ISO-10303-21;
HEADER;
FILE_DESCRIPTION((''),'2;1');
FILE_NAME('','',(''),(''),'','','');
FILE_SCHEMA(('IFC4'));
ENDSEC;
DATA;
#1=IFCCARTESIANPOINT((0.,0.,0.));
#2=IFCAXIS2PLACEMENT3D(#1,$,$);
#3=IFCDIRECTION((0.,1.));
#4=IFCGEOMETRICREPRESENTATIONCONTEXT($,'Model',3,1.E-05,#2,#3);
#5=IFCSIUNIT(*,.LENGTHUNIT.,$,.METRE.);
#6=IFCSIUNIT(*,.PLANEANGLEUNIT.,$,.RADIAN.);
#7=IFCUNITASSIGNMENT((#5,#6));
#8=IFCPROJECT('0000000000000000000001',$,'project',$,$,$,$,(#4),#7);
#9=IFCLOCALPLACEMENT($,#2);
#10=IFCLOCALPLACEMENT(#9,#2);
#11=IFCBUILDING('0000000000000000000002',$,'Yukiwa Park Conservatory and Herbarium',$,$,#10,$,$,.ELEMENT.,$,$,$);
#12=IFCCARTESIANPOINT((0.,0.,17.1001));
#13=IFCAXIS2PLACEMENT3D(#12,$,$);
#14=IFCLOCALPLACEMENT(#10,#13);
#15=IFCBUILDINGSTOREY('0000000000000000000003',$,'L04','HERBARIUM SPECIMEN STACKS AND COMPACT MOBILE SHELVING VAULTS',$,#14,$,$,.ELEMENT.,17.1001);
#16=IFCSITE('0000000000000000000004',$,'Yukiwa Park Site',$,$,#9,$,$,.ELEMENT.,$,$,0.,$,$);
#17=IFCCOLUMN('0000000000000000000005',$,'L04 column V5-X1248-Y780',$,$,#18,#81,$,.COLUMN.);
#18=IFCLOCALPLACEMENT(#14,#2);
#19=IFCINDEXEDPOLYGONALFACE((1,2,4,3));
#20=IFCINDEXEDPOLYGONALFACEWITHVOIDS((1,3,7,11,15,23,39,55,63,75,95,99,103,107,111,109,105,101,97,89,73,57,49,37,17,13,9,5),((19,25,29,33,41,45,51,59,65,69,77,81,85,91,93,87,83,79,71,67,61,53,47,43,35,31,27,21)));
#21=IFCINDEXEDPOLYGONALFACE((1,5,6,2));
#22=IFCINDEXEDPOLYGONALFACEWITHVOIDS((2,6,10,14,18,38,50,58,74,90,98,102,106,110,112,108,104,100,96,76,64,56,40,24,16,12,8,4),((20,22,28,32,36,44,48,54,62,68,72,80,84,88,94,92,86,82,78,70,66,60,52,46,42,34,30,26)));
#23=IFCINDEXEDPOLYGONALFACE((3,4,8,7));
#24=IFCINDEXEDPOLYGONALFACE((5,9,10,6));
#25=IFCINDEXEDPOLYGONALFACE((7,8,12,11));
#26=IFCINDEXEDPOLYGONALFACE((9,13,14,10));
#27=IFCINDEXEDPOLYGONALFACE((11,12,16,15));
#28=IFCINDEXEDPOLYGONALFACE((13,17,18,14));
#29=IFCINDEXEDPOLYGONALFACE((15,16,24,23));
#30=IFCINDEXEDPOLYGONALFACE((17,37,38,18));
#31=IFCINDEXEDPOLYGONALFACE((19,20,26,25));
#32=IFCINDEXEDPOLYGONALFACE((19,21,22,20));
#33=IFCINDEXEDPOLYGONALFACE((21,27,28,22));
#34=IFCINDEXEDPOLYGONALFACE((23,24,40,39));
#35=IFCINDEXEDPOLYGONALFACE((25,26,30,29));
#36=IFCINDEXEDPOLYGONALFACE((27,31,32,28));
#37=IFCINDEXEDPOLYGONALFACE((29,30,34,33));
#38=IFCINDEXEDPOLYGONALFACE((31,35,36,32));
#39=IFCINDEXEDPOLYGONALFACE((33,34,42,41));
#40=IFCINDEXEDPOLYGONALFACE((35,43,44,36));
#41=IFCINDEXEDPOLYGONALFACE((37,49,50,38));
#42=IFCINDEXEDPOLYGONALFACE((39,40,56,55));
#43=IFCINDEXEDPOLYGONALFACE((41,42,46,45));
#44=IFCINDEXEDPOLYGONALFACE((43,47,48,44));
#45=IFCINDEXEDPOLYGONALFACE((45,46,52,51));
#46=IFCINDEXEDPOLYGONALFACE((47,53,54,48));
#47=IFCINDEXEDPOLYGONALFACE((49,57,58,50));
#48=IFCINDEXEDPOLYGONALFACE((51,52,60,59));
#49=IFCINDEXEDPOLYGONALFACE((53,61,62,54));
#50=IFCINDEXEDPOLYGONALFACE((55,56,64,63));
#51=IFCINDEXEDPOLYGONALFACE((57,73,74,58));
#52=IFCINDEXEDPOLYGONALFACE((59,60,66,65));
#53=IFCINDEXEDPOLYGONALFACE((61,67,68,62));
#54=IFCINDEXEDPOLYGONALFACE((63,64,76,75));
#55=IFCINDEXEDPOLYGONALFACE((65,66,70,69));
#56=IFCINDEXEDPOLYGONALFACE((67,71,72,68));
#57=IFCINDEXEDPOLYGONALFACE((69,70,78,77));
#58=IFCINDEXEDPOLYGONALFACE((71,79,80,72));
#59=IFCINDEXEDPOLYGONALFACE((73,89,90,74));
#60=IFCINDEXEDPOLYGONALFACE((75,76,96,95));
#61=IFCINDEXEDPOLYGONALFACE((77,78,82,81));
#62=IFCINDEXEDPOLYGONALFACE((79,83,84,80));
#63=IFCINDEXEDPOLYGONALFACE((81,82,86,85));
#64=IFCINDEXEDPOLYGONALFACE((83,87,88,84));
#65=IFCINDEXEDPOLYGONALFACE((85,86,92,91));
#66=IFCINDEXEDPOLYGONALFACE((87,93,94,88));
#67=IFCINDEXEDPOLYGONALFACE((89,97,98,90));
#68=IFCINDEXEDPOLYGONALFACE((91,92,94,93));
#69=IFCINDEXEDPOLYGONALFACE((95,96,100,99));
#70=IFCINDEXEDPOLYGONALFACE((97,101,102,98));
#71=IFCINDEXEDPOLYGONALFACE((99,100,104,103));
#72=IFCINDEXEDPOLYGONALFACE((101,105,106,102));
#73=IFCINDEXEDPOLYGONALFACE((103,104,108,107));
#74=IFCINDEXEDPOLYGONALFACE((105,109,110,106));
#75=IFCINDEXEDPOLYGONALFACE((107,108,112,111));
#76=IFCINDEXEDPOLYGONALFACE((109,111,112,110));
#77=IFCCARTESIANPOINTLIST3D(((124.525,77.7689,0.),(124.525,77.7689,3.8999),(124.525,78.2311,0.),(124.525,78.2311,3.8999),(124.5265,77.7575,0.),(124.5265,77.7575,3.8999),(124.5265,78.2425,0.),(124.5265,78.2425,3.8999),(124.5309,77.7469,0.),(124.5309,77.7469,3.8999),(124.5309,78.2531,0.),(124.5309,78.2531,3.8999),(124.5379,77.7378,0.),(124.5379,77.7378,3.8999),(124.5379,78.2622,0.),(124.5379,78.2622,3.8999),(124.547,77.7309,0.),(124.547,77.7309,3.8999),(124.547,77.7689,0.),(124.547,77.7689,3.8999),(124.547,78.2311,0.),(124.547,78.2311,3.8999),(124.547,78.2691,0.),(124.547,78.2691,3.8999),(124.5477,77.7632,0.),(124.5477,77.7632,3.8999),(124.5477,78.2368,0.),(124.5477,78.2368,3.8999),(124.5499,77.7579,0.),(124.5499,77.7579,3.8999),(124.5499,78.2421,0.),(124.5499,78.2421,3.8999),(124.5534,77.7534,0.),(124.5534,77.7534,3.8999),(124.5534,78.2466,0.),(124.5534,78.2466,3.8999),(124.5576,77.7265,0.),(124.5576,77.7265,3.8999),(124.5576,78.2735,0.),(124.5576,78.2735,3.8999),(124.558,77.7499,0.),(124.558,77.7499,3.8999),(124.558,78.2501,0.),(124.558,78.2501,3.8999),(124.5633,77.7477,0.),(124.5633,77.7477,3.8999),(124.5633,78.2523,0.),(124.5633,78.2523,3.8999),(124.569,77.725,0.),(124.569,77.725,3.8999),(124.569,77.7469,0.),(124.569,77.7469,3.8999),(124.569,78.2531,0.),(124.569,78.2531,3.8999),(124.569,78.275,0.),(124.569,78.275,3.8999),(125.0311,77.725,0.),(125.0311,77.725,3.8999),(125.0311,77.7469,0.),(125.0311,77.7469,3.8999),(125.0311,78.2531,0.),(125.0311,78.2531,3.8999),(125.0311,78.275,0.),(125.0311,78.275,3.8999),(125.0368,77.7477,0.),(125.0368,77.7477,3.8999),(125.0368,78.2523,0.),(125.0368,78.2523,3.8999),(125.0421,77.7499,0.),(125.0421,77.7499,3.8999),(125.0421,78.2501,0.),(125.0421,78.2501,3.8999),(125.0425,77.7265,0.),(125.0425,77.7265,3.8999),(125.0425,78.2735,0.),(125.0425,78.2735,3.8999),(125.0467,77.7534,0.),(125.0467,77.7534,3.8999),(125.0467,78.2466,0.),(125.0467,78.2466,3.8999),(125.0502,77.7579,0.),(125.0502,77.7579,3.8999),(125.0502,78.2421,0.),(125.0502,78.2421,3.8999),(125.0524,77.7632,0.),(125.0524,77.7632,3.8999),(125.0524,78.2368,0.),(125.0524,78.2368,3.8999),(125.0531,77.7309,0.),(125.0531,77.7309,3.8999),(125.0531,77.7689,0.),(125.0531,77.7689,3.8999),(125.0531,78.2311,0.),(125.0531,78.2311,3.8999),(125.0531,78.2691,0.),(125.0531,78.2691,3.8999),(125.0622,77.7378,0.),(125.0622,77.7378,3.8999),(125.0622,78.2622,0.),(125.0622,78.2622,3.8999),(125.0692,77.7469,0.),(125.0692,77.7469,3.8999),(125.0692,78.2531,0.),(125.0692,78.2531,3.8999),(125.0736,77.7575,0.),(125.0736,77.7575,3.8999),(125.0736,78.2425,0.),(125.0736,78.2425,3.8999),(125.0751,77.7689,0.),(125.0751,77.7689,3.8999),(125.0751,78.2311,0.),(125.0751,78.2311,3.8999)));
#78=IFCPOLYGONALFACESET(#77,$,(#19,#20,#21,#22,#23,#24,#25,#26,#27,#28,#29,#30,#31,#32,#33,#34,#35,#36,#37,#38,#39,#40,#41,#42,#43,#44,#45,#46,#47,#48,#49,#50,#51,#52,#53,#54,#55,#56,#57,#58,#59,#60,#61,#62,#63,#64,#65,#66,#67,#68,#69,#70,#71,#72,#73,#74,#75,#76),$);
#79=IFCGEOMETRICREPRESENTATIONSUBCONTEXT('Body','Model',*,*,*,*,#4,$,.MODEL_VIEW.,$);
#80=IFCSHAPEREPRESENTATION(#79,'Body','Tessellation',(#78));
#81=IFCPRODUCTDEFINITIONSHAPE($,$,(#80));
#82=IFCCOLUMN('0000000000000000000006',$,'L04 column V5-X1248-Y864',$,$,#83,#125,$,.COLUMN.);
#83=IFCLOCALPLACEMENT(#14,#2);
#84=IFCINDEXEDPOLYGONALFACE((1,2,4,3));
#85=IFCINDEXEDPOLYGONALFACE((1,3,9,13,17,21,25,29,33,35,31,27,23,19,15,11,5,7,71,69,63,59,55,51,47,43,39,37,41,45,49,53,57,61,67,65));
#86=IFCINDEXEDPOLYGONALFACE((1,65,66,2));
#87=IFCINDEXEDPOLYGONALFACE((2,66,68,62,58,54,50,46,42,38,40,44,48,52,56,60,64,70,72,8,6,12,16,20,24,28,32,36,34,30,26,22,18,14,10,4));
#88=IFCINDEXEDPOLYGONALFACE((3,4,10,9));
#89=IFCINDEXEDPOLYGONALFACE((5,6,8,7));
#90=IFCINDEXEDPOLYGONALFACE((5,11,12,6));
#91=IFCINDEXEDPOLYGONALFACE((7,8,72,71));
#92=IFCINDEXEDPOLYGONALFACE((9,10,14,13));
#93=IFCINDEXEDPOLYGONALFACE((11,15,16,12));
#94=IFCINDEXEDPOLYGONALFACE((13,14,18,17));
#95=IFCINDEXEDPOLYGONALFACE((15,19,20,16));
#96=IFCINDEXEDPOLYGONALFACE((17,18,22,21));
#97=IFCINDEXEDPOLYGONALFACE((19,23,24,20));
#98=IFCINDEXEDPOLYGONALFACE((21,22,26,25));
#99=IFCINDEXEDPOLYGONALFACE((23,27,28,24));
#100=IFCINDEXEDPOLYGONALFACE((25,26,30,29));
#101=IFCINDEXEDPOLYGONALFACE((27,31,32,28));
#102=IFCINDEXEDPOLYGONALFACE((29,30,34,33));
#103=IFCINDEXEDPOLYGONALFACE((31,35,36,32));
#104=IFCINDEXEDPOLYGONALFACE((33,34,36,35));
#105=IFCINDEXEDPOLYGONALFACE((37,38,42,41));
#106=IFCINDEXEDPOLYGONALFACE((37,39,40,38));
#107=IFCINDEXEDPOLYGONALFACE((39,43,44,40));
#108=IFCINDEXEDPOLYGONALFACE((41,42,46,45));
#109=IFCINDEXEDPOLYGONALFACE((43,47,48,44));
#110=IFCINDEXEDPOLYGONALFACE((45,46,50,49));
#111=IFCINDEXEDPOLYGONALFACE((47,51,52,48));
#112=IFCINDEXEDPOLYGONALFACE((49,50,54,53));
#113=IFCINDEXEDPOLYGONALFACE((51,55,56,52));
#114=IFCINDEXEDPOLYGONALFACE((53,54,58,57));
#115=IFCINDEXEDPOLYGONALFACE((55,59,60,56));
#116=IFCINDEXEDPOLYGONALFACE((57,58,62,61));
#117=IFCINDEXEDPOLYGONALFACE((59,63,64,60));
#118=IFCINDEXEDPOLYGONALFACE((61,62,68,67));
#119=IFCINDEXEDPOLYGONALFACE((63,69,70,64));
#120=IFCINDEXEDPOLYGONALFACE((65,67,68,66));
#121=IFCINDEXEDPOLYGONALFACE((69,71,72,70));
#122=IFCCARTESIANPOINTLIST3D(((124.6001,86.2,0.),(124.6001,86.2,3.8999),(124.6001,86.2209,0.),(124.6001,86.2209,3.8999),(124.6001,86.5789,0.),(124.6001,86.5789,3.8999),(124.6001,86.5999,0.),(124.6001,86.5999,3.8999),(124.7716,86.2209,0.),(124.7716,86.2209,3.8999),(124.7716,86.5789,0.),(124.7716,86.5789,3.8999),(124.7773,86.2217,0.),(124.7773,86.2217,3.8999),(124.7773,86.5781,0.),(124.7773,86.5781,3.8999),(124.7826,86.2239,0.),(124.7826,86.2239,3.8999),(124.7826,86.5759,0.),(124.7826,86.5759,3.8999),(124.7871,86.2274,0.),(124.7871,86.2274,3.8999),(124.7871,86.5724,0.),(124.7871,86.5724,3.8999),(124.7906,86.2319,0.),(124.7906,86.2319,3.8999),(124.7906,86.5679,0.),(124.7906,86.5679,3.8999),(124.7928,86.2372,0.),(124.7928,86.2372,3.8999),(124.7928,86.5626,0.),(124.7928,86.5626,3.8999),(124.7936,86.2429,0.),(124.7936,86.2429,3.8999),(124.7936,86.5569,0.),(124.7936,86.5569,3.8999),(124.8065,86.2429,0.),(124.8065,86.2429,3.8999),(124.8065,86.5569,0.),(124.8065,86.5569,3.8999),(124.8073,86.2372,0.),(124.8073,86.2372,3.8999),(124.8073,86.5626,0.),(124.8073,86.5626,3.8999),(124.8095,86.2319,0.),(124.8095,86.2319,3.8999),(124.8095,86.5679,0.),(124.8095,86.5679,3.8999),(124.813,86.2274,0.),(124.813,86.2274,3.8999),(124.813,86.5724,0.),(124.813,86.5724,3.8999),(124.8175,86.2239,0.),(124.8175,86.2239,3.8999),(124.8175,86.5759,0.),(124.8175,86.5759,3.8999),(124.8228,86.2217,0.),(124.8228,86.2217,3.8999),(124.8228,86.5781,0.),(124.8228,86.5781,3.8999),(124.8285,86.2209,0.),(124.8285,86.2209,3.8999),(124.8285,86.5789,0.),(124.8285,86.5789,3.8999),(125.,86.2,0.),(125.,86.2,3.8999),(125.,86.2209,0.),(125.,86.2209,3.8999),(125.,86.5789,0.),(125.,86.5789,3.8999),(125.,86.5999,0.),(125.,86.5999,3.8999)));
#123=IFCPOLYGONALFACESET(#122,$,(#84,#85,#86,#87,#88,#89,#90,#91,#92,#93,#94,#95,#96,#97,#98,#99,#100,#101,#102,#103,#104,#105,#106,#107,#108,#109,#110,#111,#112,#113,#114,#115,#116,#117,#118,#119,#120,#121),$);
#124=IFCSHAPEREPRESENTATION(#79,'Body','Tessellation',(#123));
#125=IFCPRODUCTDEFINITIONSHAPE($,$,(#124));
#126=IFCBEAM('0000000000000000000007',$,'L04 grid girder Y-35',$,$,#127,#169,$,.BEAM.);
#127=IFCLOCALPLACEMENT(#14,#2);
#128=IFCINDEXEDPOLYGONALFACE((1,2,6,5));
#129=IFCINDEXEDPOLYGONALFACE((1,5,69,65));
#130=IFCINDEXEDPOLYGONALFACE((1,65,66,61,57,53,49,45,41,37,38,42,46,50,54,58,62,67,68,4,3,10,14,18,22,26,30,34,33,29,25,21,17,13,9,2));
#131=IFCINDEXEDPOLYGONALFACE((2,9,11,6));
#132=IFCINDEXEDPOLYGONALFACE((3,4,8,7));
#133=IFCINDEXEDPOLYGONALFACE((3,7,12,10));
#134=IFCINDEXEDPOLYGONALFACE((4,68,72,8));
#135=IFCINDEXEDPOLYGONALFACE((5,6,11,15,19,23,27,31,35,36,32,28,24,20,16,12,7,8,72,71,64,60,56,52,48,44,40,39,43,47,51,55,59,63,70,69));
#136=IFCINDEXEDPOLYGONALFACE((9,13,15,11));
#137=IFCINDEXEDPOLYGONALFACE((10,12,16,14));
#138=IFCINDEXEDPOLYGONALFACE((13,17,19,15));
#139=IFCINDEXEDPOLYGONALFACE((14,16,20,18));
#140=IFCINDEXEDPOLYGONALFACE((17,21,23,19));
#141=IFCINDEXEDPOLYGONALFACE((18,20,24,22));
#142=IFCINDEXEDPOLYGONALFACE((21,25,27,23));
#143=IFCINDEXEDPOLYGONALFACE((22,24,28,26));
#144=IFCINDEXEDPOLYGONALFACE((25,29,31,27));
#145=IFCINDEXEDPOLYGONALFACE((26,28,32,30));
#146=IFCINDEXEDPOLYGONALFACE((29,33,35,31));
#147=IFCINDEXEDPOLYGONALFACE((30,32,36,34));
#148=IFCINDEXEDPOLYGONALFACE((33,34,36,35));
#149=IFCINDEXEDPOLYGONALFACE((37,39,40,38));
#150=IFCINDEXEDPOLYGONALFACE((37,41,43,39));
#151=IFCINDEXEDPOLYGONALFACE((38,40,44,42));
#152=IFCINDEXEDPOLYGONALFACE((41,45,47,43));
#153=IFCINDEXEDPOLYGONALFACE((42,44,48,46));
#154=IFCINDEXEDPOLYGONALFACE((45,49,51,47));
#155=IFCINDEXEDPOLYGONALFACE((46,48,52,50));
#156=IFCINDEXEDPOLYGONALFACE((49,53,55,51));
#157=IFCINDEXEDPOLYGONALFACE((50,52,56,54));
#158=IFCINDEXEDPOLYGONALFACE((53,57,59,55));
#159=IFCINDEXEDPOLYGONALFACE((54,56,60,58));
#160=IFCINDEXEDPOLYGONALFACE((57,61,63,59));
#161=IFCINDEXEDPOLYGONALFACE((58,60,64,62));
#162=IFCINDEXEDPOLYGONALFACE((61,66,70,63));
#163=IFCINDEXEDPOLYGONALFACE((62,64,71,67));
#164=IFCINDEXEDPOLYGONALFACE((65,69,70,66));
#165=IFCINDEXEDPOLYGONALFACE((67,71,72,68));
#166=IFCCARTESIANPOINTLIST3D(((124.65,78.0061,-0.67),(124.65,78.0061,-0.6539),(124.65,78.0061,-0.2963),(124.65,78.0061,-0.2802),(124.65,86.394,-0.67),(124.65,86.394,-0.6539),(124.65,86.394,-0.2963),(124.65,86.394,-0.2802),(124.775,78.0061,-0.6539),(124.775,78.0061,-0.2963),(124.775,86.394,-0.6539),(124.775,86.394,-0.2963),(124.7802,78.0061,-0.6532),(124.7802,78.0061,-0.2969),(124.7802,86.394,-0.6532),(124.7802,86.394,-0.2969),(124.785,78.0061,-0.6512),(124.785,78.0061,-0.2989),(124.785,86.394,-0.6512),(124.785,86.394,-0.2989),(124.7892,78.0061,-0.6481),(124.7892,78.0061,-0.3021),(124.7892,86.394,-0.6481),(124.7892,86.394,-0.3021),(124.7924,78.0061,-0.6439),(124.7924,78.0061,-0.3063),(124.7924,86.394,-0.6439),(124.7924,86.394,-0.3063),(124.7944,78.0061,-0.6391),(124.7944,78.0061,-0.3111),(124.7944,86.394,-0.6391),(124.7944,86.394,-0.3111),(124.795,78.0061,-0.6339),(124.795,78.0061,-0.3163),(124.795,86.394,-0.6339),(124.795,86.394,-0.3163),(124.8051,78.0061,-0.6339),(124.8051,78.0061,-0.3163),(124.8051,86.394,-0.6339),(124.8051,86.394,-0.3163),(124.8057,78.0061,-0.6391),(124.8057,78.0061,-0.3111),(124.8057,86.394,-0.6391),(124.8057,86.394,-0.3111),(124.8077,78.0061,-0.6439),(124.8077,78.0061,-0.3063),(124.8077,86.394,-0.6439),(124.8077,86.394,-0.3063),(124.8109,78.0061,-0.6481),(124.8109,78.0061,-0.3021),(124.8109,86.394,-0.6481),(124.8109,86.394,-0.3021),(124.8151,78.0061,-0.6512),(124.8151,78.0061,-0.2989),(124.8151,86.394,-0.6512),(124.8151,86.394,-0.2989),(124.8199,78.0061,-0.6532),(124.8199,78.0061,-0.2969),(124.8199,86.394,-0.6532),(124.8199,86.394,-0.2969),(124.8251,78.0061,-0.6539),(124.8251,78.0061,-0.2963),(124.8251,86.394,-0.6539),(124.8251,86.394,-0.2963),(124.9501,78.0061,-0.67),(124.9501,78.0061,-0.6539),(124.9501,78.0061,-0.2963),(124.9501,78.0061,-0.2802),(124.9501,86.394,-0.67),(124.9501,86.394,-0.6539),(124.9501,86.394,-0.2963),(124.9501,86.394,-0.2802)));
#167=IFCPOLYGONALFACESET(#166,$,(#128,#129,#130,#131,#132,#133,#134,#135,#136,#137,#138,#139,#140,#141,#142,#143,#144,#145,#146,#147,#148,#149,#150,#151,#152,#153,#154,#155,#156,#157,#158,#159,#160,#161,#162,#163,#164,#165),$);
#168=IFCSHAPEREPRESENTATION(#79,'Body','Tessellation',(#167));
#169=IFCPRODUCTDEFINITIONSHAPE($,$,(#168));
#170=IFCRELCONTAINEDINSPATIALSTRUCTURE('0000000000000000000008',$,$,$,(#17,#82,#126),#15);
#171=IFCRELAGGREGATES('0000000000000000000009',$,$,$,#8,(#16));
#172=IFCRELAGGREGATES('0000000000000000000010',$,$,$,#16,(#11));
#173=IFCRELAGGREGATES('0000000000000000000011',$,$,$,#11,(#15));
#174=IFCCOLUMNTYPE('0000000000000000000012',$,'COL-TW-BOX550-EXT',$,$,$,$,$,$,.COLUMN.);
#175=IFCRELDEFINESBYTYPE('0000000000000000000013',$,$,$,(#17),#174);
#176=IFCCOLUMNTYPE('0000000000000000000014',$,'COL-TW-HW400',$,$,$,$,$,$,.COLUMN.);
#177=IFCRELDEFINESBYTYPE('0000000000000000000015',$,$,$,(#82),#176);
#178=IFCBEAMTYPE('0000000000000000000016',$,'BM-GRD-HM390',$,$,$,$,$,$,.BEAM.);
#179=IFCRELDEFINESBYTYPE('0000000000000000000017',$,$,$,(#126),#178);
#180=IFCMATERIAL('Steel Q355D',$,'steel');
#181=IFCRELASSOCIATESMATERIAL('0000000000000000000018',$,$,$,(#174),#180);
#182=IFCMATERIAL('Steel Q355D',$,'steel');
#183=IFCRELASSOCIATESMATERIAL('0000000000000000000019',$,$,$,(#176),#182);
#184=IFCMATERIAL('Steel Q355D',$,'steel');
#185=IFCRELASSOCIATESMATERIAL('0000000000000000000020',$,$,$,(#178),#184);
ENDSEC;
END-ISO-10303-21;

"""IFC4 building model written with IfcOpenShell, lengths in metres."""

from ifc_helpers import new_model, si_unit, direction, frame, origin, origin_2d, place, context, subcontext, project, spatial, hollow_rectangle, i_section, extrude, material, material_profile, profile_set, type_object, element, save


model = new_model("IFC4")

# Units and contexts
model_context = context("Model", 3, precision=1e-05, world=origin(), true_north=direction((0.0, 1.0)))
body_context = subcontext(model_context, "Body", "Model", "MODEL_VIEW")
ifc_project = project(units=[si_unit("LENGTHUNIT", "METRE"), si_unit("PLANEANGLEUNIT", "RADIAN")], contexts=[model_context])

# Site, building, storey
site_placement = place(None, origin())
site = spatial("IfcSite", under=ifc_project, at=site_placement, Name="Yukiwa Park Site", CompositionType="ELEMENT", RefElevation=0.0)
building_placement = place(site_placement, origin())
building = spatial("IfcBuilding", under=site, at=building_placement, Name="Yukiwa Park Conservatory and Herbarium", CompositionType="ELEMENT")
storey_placement = place(building_placement, frame((0.0, 0.0, 17.1001)))
storey = spatial("IfcBuildingStorey", under=building, at=storey_placement, Name="L04", Description="HERBARIUM SPECIMEN STACKS AND COMPACT MOBILE SHELVING VAULTS", CompositionType="ELEMENT", Elevation=17.1001)

# Columns
ifc_material_1 = material(Name="Steel Q355D", Category="steel")
ifc_material_profile_1 = material_profile(ifc_material_1, hollow_rectangle(XDim=0.55, YDim=0.55, WallThickness=0.022, InnerFilletRadius=0.022, OuterFilletRadius=0.0439, at=origin_2d()), Name="BOX 550x550x22")
ifc_profile_set_1 = profile_set([ifc_material_profile_1], Name="Steel Q355D")
column_type_1 = type_object("IfcColumnType", Name="COL-TW-BOX550-EXT", PredefinedType="COLUMN", material=ifc_profile_set_1)
column_1_placement = place(storey_placement, frame((124.8, 78.0, 0.0), z_axis=(0.0, 0.0, 1.0), x_axis=(1.0, 0.0, 0.0)))
element("IfcColumn", 1, at=column_1_placement, inside=storey, type_object=column_type_1, Name="L04 column V5-X1248-Y780", PredefinedType="COLUMN", context=body_context, shape_type="SweptSolid", body=[
    extrude(hollow_rectangle(XDim=0.55, YDim=0.55, WallThickness=0.022, InnerFilletRadius=0.022, OuterFilletRadius=0.0439, at=origin_2d()), origin(), (0.0, 0.0, 1.0), 3.8999),
])
ifc_material_2 = material(Name="Steel Q355D", Category="steel")
ifc_material_profile_2 = material_profile(ifc_material_2, i_section(OverallWidth=0.3999, OverallDepth=0.3999, WebThickness=0.0129, FlangeThickness=0.021, FilletRadius=0.022, at=origin_2d()), Name="HW 400x400x13x21")
ifc_profile_set_2 = profile_set([ifc_material_profile_2], Name="Steel Q355D")
column_type_2 = type_object("IfcColumnType", Name="COL-TW-HW400", PredefinedType="COLUMN", material=ifc_profile_set_2)
column_2_placement = place(storey_placement, frame((124.8, 86.3999, 0.0), z_axis=(0.0, 0.0, 1.0), x_axis=(1.0, 0.0, 0.0)))
element("IfcColumn", 2, at=column_2_placement, inside=storey, type_object=column_type_2, Name="L04 column V5-X1248-Y864", PredefinedType="COLUMN", context=body_context, shape_type="SweptSolid", body=[
    extrude(i_section(OverallWidth=0.3999, OverallDepth=0.3999, WebThickness=0.0129, FlangeThickness=0.021, FilletRadius=0.022, at=origin_2d()), origin(), (0.0, 0.0, 1.0), 3.8999),
])

# Beam
ifc_material_3 = material(Name="Steel Q355D", Category="steel")
ifc_material_profile_3 = material_profile(ifc_material_3, i_section(OverallWidth=0.3, OverallDepth=0.3899, WebThickness=0.01, FlangeThickness=0.0161, FilletRadius=0.02, at=origin_2d()), Name="HM 390x300x10x16")
ifc_profile_set_3 = profile_set([ifc_material_profile_3], Name="Steel Q355D")
beam_type_1 = type_object("IfcBeamType", Name="BM-GRD-HM390", PredefinedType="BEAM", material=ifc_profile_set_3)
beam_1_placement = place(storey_placement, frame((124.8, 78.0061, -0.4751), z_axis=(0.0, 1.0, 0.0), x_axis=(-1.0, 0.0, 0.0)))
element("IfcBeam", 3, at=beam_1_placement, inside=storey, type_object=beam_type_1, Name="L04 grid girder Y-35", PredefinedType="BEAM", context=body_context, shape_type="SweptSolid", body=[
    extrude(i_section(OverallWidth=0.3, OverallDepth=0.3899, WebThickness=0.01, FlangeThickness=0.0161, FilletRadius=0.02, at=origin_2d()), origin(), (0.0, 0.0, 1.0), 8.3879),
])

save(model, "model.ifc")
